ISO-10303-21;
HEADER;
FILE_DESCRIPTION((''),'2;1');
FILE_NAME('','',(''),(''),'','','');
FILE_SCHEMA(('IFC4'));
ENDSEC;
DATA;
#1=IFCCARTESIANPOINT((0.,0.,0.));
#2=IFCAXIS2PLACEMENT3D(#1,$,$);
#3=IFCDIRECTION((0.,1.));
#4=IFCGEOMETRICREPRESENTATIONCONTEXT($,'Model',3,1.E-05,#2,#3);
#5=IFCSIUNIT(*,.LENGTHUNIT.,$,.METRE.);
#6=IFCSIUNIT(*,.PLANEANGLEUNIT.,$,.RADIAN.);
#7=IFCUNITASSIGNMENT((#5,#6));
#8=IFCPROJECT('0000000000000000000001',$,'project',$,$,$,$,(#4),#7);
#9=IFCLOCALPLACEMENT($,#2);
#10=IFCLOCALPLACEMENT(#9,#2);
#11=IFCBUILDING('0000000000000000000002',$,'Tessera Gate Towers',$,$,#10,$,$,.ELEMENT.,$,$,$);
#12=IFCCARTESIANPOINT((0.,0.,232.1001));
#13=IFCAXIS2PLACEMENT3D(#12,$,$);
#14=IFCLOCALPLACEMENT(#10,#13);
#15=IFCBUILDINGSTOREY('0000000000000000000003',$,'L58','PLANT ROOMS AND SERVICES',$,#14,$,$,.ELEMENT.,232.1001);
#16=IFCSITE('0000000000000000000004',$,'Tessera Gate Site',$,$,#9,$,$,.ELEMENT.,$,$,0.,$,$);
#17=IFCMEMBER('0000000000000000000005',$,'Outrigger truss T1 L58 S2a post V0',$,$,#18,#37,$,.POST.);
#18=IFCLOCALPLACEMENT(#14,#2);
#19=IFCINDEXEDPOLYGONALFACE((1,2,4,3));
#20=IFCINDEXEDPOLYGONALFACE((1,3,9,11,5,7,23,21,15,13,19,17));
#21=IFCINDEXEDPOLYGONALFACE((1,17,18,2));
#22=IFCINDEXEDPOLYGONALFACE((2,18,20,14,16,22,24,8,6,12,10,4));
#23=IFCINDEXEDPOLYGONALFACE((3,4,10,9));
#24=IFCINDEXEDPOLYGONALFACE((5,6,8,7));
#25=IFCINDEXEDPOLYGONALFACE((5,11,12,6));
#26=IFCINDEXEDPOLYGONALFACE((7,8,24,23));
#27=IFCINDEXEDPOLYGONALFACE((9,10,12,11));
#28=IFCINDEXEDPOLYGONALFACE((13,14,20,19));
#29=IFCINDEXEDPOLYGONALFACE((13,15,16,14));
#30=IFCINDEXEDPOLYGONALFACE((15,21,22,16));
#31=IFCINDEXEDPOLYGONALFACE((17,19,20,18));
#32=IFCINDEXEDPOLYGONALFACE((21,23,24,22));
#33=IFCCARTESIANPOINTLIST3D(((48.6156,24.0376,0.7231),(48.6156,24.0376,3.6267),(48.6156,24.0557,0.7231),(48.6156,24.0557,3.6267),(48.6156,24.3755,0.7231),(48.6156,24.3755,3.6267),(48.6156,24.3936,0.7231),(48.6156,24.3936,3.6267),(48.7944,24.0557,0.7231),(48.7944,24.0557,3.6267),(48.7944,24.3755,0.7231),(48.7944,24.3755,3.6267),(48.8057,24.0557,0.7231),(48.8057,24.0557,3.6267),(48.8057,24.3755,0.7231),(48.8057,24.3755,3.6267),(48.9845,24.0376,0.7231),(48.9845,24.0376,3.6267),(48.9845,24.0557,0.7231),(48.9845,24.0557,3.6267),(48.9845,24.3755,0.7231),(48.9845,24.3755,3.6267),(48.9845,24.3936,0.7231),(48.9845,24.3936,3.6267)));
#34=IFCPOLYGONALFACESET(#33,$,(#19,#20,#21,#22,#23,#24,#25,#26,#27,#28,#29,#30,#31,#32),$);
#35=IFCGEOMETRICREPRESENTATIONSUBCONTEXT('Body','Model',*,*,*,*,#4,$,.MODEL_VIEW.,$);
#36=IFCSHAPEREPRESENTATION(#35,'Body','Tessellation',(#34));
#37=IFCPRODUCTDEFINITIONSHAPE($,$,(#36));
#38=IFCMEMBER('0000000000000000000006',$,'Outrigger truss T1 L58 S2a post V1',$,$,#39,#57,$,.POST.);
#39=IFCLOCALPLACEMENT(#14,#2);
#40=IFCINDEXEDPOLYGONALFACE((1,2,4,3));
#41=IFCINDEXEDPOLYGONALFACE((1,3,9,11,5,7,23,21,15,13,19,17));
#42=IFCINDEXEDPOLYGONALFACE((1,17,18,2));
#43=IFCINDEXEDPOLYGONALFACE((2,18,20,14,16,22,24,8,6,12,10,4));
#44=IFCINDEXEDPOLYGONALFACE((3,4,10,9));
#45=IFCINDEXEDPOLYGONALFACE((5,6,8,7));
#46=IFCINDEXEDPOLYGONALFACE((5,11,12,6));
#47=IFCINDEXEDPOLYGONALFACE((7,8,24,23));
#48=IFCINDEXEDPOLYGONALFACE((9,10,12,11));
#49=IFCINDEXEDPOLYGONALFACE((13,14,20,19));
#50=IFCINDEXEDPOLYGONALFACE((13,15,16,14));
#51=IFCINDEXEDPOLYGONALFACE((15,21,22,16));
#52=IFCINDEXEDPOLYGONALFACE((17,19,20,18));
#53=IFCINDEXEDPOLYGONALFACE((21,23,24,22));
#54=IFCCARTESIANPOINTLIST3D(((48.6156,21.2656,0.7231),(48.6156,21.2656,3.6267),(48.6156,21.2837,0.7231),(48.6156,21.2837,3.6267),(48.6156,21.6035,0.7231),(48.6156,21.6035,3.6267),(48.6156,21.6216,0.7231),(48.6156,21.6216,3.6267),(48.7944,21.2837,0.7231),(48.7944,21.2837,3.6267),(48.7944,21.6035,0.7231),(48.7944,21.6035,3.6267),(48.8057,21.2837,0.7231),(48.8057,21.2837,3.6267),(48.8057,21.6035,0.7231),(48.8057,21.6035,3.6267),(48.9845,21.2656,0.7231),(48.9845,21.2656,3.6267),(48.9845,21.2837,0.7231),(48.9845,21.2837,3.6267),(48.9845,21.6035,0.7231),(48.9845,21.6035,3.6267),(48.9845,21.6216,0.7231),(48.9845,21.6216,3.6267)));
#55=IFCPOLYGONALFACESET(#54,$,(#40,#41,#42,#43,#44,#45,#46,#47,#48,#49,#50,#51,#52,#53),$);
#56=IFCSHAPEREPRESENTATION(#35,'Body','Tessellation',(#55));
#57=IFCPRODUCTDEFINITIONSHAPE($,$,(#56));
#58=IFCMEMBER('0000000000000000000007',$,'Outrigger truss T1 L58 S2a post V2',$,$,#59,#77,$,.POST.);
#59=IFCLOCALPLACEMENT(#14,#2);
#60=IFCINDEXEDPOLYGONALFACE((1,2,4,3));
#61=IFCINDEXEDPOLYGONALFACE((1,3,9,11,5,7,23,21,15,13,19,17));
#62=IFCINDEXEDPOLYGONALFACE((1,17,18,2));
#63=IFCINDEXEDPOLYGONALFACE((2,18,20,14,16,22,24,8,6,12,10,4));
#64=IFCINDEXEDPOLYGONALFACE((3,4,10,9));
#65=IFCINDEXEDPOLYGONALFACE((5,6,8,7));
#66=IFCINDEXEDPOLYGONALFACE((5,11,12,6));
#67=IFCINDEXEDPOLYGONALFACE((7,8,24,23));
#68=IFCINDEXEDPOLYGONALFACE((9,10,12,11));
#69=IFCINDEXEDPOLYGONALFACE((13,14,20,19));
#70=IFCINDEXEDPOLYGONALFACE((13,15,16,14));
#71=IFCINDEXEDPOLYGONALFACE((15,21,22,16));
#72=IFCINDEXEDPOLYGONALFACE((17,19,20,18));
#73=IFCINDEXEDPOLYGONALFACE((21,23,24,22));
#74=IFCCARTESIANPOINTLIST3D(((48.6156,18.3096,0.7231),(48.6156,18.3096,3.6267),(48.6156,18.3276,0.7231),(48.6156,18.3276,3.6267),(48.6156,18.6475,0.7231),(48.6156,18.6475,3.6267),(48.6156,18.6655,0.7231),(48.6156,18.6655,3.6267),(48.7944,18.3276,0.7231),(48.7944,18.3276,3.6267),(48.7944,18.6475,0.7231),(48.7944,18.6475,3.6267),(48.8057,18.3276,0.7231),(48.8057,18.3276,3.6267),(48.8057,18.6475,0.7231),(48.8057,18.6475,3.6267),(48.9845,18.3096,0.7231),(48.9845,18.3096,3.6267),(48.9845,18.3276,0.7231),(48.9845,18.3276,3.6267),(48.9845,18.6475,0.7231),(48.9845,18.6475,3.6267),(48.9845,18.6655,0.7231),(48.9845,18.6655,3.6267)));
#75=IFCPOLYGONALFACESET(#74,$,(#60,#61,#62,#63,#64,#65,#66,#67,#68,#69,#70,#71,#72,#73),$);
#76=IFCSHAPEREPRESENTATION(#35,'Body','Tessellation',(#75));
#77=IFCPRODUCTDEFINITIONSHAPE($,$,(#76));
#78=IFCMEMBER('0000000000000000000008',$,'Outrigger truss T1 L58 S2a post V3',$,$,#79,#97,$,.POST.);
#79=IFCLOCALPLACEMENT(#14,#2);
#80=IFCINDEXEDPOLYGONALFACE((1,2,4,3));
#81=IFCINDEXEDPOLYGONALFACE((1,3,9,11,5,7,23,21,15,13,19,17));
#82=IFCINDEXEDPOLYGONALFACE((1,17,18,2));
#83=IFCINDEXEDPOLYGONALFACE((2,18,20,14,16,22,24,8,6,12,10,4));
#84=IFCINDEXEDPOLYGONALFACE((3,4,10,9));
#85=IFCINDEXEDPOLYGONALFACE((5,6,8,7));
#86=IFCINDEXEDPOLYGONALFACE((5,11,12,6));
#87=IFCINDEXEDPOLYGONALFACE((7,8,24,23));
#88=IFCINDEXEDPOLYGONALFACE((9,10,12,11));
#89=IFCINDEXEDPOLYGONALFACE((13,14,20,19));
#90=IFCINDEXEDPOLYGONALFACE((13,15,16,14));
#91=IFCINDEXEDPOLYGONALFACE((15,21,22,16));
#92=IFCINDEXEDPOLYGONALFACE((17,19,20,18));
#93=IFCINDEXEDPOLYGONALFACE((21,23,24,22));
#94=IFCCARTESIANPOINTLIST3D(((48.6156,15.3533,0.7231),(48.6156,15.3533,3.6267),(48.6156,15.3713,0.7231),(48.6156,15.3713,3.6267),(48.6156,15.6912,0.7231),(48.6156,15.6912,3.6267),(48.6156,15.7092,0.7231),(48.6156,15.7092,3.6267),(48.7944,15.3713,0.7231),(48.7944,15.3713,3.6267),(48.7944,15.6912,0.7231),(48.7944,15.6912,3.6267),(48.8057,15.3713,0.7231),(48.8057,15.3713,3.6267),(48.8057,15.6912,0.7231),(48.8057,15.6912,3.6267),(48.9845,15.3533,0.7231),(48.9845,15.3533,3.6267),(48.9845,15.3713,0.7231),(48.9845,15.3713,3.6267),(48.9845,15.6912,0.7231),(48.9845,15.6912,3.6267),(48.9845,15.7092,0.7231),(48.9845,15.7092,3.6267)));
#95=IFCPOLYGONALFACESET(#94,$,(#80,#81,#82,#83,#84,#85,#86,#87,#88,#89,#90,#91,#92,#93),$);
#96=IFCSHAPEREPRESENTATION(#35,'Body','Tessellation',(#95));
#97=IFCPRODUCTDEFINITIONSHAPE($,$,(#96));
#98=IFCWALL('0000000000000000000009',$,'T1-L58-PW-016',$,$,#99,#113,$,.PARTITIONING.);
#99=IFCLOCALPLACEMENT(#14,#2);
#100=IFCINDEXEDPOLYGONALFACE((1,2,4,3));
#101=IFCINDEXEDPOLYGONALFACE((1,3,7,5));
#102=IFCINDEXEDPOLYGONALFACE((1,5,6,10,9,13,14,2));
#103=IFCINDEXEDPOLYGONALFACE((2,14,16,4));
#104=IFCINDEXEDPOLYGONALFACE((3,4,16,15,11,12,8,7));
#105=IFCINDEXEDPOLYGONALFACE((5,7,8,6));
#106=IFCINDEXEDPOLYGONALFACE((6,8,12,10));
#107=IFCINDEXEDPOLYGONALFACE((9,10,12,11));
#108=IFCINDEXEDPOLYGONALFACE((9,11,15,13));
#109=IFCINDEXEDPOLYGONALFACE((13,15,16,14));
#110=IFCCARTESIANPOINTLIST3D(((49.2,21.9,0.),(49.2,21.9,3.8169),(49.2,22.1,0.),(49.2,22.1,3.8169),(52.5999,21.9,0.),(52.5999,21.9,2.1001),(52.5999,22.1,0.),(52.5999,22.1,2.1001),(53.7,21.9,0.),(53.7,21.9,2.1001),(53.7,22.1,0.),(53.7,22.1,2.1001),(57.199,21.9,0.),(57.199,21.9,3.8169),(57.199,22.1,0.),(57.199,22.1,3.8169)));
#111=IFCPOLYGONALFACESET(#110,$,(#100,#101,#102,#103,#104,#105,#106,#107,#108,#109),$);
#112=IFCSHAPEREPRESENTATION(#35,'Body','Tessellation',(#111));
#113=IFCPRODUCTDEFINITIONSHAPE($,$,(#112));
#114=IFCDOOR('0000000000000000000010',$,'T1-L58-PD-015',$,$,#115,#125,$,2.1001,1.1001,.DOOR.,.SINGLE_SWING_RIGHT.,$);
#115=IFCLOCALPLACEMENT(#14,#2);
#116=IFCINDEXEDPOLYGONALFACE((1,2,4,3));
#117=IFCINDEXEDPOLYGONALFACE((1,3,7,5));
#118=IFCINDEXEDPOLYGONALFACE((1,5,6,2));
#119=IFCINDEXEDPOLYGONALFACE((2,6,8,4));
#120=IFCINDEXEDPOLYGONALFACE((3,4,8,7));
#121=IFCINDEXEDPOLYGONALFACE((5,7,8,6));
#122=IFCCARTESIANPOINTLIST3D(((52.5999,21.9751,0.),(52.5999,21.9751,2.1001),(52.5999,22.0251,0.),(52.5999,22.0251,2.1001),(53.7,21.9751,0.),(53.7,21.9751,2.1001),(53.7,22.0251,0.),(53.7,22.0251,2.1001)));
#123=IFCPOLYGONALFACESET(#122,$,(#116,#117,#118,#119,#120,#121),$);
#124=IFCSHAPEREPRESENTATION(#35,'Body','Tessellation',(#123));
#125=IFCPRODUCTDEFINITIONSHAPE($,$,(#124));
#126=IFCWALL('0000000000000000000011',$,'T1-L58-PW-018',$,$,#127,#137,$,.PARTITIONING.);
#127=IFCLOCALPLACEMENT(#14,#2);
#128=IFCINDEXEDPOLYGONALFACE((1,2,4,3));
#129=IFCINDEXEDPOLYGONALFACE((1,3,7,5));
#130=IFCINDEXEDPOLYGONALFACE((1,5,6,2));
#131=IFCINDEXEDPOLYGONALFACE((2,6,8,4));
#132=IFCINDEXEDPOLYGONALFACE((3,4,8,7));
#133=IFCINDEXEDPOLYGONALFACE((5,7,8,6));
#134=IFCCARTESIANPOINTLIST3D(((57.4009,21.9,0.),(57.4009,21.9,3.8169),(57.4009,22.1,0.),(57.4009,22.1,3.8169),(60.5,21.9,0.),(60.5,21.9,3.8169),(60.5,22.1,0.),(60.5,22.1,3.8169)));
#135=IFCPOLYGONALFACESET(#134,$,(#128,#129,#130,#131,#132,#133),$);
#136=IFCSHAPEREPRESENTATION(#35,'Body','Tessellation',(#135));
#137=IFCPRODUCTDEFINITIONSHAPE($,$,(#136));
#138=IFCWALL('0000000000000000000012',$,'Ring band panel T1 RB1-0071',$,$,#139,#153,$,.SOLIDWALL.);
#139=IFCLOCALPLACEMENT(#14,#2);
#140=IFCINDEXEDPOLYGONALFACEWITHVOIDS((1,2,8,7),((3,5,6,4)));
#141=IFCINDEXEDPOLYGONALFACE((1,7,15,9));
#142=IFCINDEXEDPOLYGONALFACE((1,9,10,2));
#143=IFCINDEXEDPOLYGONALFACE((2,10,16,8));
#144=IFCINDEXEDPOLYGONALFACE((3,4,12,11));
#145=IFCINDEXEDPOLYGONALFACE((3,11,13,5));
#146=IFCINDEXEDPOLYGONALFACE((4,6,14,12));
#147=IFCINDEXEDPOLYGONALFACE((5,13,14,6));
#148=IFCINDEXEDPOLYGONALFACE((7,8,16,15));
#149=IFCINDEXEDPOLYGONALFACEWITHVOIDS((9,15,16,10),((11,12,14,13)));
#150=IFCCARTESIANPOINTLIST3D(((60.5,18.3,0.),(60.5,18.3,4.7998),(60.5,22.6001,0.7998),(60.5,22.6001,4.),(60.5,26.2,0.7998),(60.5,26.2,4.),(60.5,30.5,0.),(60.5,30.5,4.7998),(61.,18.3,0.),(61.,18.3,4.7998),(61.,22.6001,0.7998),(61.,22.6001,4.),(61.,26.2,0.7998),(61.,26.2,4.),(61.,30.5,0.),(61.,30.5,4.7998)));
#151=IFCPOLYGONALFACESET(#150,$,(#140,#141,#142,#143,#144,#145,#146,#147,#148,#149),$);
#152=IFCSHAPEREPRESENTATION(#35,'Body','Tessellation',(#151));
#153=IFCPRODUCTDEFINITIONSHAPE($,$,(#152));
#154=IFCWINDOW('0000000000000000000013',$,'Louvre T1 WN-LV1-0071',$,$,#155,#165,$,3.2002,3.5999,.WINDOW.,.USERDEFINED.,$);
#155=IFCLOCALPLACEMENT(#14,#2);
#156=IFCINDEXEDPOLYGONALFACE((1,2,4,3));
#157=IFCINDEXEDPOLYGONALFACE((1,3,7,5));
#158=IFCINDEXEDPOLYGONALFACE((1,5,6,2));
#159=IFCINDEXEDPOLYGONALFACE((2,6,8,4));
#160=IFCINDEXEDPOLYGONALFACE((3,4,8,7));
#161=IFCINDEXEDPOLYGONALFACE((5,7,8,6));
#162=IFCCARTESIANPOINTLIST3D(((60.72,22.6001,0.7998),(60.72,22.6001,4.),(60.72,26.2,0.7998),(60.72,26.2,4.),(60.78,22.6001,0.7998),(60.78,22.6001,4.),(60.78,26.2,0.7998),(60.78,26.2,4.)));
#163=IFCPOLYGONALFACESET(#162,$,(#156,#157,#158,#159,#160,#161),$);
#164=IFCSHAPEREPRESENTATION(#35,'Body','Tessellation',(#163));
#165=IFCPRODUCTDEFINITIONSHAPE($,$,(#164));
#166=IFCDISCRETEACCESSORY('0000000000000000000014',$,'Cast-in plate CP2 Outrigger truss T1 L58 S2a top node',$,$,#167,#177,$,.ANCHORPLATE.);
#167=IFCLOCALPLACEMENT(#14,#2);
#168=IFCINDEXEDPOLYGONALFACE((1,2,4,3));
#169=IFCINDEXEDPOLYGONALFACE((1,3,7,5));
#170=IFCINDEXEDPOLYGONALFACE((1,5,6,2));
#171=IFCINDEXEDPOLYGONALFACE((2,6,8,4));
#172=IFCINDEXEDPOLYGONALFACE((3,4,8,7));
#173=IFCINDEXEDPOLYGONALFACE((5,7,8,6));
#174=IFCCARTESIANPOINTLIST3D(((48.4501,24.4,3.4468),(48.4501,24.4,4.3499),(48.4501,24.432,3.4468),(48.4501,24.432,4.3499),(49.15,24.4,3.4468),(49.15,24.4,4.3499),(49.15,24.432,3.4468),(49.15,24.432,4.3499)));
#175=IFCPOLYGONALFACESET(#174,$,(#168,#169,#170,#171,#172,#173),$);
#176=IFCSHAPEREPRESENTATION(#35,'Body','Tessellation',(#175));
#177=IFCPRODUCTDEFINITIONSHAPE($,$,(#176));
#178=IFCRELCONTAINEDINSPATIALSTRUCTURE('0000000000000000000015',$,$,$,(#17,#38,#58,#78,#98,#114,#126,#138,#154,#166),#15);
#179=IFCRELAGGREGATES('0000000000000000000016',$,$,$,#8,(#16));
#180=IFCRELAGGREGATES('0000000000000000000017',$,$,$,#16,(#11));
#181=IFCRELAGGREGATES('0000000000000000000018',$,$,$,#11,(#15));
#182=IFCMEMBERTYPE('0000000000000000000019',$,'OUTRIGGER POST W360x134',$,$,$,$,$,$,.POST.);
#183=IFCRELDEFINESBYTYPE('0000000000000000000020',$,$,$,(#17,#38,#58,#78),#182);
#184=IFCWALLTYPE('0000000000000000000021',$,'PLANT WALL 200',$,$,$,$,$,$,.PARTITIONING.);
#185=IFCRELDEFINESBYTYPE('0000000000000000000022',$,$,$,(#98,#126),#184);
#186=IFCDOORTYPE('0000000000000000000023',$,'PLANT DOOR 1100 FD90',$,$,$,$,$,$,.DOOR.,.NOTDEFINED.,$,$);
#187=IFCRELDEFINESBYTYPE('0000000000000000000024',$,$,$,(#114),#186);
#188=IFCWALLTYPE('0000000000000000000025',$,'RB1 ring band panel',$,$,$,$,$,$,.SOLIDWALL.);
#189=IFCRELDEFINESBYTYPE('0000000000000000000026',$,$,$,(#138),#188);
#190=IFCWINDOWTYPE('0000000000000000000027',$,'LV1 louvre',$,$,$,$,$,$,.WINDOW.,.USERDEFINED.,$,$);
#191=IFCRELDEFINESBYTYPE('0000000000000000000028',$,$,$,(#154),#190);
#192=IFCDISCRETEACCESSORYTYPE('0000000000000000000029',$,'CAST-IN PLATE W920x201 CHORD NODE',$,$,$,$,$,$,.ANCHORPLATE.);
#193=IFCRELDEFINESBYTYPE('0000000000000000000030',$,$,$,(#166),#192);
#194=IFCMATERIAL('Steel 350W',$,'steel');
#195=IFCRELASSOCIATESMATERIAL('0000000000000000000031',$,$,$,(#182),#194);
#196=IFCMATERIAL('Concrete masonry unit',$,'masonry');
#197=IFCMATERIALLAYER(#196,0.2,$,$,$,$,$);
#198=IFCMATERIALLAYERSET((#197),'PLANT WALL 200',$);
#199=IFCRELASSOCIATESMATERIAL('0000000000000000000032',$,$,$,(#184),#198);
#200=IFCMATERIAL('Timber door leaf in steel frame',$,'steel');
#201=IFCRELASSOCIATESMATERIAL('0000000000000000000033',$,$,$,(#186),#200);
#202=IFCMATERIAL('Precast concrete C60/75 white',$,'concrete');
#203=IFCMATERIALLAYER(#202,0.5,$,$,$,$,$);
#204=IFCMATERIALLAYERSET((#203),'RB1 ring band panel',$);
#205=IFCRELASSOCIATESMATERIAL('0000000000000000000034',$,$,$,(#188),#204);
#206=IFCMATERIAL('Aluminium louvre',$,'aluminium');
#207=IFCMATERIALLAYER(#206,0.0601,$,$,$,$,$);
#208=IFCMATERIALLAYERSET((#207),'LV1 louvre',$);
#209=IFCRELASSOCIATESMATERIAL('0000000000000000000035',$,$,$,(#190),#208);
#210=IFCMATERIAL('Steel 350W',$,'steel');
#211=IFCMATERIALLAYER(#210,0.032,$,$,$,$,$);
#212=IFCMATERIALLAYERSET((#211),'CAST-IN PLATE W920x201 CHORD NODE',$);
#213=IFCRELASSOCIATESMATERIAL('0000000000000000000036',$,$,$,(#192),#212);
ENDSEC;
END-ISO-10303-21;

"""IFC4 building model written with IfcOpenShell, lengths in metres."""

from ifc_helpers import new_model, si_unit, direction, frame, frame_2d, origin, origin_2d, place, context, subcontext, project, spatial, polyline, rectangle, i_section, outline, extrude, source, transform, mapped, material, layer, layer_set, material_profile, profile_set, type_object, element, fill, save


model = new_model("IFC4")

# Units and contexts
model_context = context("Model", 3, precision=1e-05, world=origin(), true_north=direction((0.0, 1.0)))
body_context = subcontext(model_context, "Body", "Model", "MODEL_VIEW")
ifc_project = project(units=[si_unit("LENGTHUNIT", "METRE"), si_unit("PLANEANGLEUNIT", "RADIAN")], contexts=[model_context])

# Site, building, storey
site_placement = place(None, origin())
site = spatial("IfcSite", under=ifc_project, at=site_placement, Name="Tessera Gate Site", CompositionType="ELEMENT", RefElevation=0.0)
building_placement = place(site_placement, origin())
building = spatial("IfcBuilding", under=site, at=building_placement, Name="Tessera Gate Towers", CompositionType="ELEMENT")
storey_placement = place(building_placement, frame((0.0, 0.0, 232.1001)))
storey = spatial("IfcBuildingStorey", under=building, at=storey_placement, Name="L58", Description="PLANT ROOMS AND SERVICES", CompositionType="ELEMENT", Elevation=232.1001)

# Members
ifc_material_1 = material(Name="Steel 350W", Category="steel")
ifc_material_profile_1 = material_profile(ifc_material_1, i_section(OverallWidth=0.3689, OverallDepth=0.356, WebThickness=0.0112, FlangeThickness=0.0181, at=origin_2d()), Name="W360x134")
ifc_profile_set_1 = profile_set([ifc_material_profile_1], Name="Steel 350W")
member_type_1 = type_object("IfcMemberType", Name="OUTRIGGER POST W360x134", PredefinedType="POST", material=ifc_profile_set_1)
for number, where, z_axis, x_axis, name in (
    (1, (48.8, 24.2156, 0.7231), (0.0, 0.0, 1.0), (1.0, 0.0, 0.0), "Outrigger truss T1 L58 S2a post V0"),
    (2, (48.8, 21.4436, 0.7231), (0.0, 0.0, 1.0), (1.0, 0.0, 0.0), "Outrigger truss T1 L58 S2a post V1"),
    (3, (48.8, 18.4875, 0.7231), (0.0, 0.0, 1.0), (1.0, 0.0, 0.0), "Outrigger truss T1 L58 S2a post V2"),
    (4, (48.8, 15.5312, 0.7231), (0.0, 0.0, 1.0), (1.0, 0.0, 0.0), "Outrigger truss T1 L58 S2a post V3"),
):
    element("IfcMember", number, at=place(storey_placement, frame(where, z_axis=z_axis, x_axis=x_axis)), inside=storey, type_object=member_type_1, Name=name, PredefinedType="POST", context=body_context, shape_type="SweptSolid", body=[
        extrude(i_section(OverallWidth=0.3689, OverallDepth=0.356, WebThickness=0.0112, FlangeThickness=0.0181, at=origin_2d()), origin(), (0.0, 0.0, 1.0), 2.9036),
    ])

# Wall, opening, door
ifc_material_2 = material(Name="Concrete masonry unit", Category="masonry")
ifc_layer_1 = layer(ifc_material_2, 0.2)
ifc_layer_set_1 = layer_set([ifc_layer_1], Name="PLANT WALL 200")
wall_type_1 = type_object("IfcWallType", Name="PLANT WALL 200", PredefinedType="PARTITIONING", material=ifc_layer_set_1)
wall_1_placement = place(storey_placement, frame((57.199, 22.0, 0.0), z_axis=(0.0, 0.0, 1.0), x_axis=(-1.0, 0.0, 0.0)))
wall_1 = element("IfcWall", 5, at=wall_1_placement, inside=storey, type_object=wall_type_1, Name="T1-L58-PW-016", PredefinedType="PARTITIONING", context=body_context, shape_type="SweptSolid", body=[
    extrude(rectangle(XDim=7.999, YDim=0.2, at=frame_2d((3.9995, 0.0))), origin(), (0.0, 0.0, 1.0), 3.8169),
])
shared_shape_1 = source(origin(), body_context, "Body", "SweptSolid", [
    extrude(rectangle(XDim=1.1001, YDim=2.1001, at=frame_2d((0.55, 1.05))), frame((0.0, 0.1099, 0.0), z_axis=(0.0, -1.0, 0.0), x_axis=(1.0, 0.0, 0.0)), (0.0, 0.0, 1.0), 0.22),
])
opening_1_placement = place(wall_1_placement, frame((3.499, 0.0, 0.0)))
opening_1 = element("IfcOpeningElement", 6, at=opening_1_placement, cuts=wall_1, PredefinedType="OPENING", context=body_context, shape_type="MappedRepresentation", body=[
    mapped(shared_shape_1, transform((0.0, 0.0, 0.0), scale=1.0)),
])
ifc_material_3 = material(Name="Timber door leaf in steel frame", Category="steel")
door_type = type_object("IfcDoorType", Name="PLANT DOOR 1100 FD90", OperationType="NOTDEFINED", PredefinedType="DOOR", material=ifc_material_3)
shared_shape_2 = source(origin(), body_context, "Body", "SweptSolid", [
    extrude(rectangle(XDim=1.1001, YDim=2.1001, at=frame_2d((0.55, 1.05))), frame((0.0, 0.0249, 0.0), z_axis=(0.0, -1.0, 0.0), x_axis=(1.0, 0.0, 0.0)), (0.0, 0.0, 1.0), 0.05),
])
door_placement = place(opening_1_placement, origin())
door = element("IfcDoor", 7, at=door_placement, inside=storey, type_object=door_type, Name="T1-L58-PD-015", OperationType="SINGLE_SWING_RIGHT", OverallHeight=2.1001, OverallWidth=1.1001, PredefinedType="DOOR", context=body_context, shape_type="MappedRepresentation", body=[
    mapped(shared_shape_2, transform((0.0, 0.0, 0.0), scale=1.0)),
])
fill(opening_1, door)

# Wall
wall_2_placement = place(storey_placement, frame((57.4009, 22.0, 0.0), z_axis=(0.0, 0.0, 1.0), x_axis=(1.0, 0.0, 0.0)))
element("IfcWall", 8, at=wall_2_placement, inside=storey, type_object=wall_type_1, Name="T1-L58-PW-018", PredefinedType="PARTITIONING", context=body_context, shape_type="SweptSolid", body=[
    extrude(rectangle(XDim=3.0991, YDim=0.2, at=frame_2d((1.5496, 0.0))), origin(), (0.0, 0.0, 1.0), 3.8169),
])

# Wall, opening, window
ifc_material_4 = material(Name="Precast concrete C60/75 white", Category="concrete")
ifc_layer_2 = layer(ifc_material_4, 0.5)
ifc_layer_set_2 = layer_set([ifc_layer_2], Name="RB1 ring band panel")
wall_type_2 = type_object("IfcWallType", Name="RB1 ring band panel", PredefinedType="SOLIDWALL", material=ifc_layer_set_2)
shared_shape_3 = source(origin(), body_context, "Body", "SweptSolid", [
    extrude(outline(polyline([(0.0, 0.0), (12.2, 0.0), (12.2, 4.7998), (0.0, 4.7998), (0.0, 0.0)])), frame((0.0, 0.25, 0.0), z_axis=(0.0, -1.0, 0.0), x_axis=(1.0, 0.0, 0.0)), (0.0, 0.0, 1.0), 0.5),
])
wall_3_placement = place(storey_placement, frame((60.75, 18.3, 0.0), z_axis=(0.0, 0.0, 1.0), x_axis=(0.0, 1.0, 0.0)))
wall_3 = element("IfcWall", 9, at=wall_3_placement, inside=storey, type_object=wall_type_2, Name="Ring band panel T1 RB1-0071", PredefinedType="SOLIDWALL", context=body_context, shape_type="MappedRepresentation", body=[
    mapped(shared_shape_3, transform((0.0, 0.0, 0.0), scale=1.0)),
])
shared_shape_4 = source(origin(), body_context, "Body", "SweptSolid", [
    extrude(outline(polyline([(4.3, 0.7998), (7.8999, 0.7998), (7.8999, 4.0), (4.3, 4.0), (4.3, 0.7998)])), frame((0.0, 0.26, 0.0), z_axis=(0.0, -1.0, 0.0), x_axis=(1.0, 0.0, 0.0)), (0.0, 0.0, 1.0), 0.52),
])
opening_2_placement = place(wall_3_placement, origin())
opening_2 = element("IfcOpeningElement", 10, at=opening_2_placement, cuts=wall_3, PredefinedType="OPENING", context=body_context, shape_type="MappedRepresentation", body=[
    mapped(shared_shape_4, transform((0.0, 0.0, 0.0), scale=1.0)),
])
ifc_material_5 = material(Name="Aluminium louvre", Category="aluminium")
ifc_layer_3 = layer(ifc_material_5, 0.0601)
ifc_layer_set_3 = layer_set([ifc_layer_3], Name="LV1 louvre")
window_type = type_object("IfcWindowType", Name="LV1 louvre", PartitioningType="USERDEFINED", PredefinedType="WINDOW", material=ifc_layer_set_3)
shared_shape_5 = source(origin(), body_context, "Body", "SweptSolid", [
    extrude(outline(polyline([(4.3, 0.7998), (7.8999, 0.7998), (7.8999, 4.0), (4.3, 4.0), (4.3, 0.7998)])), frame((0.0, 0.03, 0.0), z_axis=(0.0, -1.0, 0.0), x_axis=(1.0, 0.0, 0.0)), (0.0, 0.0, 1.0), 0.0601),
])
window_placement = place(opening_2_placement, origin())
window = element("IfcWindow", 11, at=window_placement, inside=storey, type_object=window_type, Name="Louvre T1 WN-LV1-0071", OverallHeight=3.2002, OverallWidth=3.5999, PartitioningType="USERDEFINED", PredefinedType="WINDOW", context=body_context, shape_type="MappedRepresentation", body=[
    mapped(shared_shape_5, transform((0.0, 0.0, 0.0), scale=1.0)),
])
fill(opening_2, window)

# Discrete accessory
ifc_material_6 = material(Name="Steel 350W", Category="steel")
ifc_layer_4 = layer(ifc_material_6, 0.032)
ifc_layer_set_4 = layer_set([ifc_layer_4], Name="CAST-IN PLATE W920x201 CHORD NODE")
discrete_accessory_type = type_object("IfcDiscreteAccessoryType", Name="CAST-IN PLATE W920x201 CHORD NODE", PredefinedType="ANCHORPLATE", material=ifc_layer_set_4)
for number, where, z_axis, x_axis, name in (
    (12, (48.8, 24.416, 3.4468), (0.0, 0.0, 1.0), (1.0, 0.0, 0.0), "Cast-in plate CP2 Outrigger truss T1 L58 S2a top node"),
):
    element("IfcDiscreteAccessory", number, at=place(storey_placement, frame(where, z_axis=z_axis, x_axis=x_axis)), inside=storey, type_object=discrete_accessory_type, Name=name, PredefinedType="ANCHORPLATE", context=body_context, shape_type="SweptSolid", body=[
        extrude(rectangle(XDim=0.7, YDim=0.032, at=origin_2d()), origin(), (0.0, 0.0, 1.0), 0.9031),
    ])

save(model, "model.ifc")
